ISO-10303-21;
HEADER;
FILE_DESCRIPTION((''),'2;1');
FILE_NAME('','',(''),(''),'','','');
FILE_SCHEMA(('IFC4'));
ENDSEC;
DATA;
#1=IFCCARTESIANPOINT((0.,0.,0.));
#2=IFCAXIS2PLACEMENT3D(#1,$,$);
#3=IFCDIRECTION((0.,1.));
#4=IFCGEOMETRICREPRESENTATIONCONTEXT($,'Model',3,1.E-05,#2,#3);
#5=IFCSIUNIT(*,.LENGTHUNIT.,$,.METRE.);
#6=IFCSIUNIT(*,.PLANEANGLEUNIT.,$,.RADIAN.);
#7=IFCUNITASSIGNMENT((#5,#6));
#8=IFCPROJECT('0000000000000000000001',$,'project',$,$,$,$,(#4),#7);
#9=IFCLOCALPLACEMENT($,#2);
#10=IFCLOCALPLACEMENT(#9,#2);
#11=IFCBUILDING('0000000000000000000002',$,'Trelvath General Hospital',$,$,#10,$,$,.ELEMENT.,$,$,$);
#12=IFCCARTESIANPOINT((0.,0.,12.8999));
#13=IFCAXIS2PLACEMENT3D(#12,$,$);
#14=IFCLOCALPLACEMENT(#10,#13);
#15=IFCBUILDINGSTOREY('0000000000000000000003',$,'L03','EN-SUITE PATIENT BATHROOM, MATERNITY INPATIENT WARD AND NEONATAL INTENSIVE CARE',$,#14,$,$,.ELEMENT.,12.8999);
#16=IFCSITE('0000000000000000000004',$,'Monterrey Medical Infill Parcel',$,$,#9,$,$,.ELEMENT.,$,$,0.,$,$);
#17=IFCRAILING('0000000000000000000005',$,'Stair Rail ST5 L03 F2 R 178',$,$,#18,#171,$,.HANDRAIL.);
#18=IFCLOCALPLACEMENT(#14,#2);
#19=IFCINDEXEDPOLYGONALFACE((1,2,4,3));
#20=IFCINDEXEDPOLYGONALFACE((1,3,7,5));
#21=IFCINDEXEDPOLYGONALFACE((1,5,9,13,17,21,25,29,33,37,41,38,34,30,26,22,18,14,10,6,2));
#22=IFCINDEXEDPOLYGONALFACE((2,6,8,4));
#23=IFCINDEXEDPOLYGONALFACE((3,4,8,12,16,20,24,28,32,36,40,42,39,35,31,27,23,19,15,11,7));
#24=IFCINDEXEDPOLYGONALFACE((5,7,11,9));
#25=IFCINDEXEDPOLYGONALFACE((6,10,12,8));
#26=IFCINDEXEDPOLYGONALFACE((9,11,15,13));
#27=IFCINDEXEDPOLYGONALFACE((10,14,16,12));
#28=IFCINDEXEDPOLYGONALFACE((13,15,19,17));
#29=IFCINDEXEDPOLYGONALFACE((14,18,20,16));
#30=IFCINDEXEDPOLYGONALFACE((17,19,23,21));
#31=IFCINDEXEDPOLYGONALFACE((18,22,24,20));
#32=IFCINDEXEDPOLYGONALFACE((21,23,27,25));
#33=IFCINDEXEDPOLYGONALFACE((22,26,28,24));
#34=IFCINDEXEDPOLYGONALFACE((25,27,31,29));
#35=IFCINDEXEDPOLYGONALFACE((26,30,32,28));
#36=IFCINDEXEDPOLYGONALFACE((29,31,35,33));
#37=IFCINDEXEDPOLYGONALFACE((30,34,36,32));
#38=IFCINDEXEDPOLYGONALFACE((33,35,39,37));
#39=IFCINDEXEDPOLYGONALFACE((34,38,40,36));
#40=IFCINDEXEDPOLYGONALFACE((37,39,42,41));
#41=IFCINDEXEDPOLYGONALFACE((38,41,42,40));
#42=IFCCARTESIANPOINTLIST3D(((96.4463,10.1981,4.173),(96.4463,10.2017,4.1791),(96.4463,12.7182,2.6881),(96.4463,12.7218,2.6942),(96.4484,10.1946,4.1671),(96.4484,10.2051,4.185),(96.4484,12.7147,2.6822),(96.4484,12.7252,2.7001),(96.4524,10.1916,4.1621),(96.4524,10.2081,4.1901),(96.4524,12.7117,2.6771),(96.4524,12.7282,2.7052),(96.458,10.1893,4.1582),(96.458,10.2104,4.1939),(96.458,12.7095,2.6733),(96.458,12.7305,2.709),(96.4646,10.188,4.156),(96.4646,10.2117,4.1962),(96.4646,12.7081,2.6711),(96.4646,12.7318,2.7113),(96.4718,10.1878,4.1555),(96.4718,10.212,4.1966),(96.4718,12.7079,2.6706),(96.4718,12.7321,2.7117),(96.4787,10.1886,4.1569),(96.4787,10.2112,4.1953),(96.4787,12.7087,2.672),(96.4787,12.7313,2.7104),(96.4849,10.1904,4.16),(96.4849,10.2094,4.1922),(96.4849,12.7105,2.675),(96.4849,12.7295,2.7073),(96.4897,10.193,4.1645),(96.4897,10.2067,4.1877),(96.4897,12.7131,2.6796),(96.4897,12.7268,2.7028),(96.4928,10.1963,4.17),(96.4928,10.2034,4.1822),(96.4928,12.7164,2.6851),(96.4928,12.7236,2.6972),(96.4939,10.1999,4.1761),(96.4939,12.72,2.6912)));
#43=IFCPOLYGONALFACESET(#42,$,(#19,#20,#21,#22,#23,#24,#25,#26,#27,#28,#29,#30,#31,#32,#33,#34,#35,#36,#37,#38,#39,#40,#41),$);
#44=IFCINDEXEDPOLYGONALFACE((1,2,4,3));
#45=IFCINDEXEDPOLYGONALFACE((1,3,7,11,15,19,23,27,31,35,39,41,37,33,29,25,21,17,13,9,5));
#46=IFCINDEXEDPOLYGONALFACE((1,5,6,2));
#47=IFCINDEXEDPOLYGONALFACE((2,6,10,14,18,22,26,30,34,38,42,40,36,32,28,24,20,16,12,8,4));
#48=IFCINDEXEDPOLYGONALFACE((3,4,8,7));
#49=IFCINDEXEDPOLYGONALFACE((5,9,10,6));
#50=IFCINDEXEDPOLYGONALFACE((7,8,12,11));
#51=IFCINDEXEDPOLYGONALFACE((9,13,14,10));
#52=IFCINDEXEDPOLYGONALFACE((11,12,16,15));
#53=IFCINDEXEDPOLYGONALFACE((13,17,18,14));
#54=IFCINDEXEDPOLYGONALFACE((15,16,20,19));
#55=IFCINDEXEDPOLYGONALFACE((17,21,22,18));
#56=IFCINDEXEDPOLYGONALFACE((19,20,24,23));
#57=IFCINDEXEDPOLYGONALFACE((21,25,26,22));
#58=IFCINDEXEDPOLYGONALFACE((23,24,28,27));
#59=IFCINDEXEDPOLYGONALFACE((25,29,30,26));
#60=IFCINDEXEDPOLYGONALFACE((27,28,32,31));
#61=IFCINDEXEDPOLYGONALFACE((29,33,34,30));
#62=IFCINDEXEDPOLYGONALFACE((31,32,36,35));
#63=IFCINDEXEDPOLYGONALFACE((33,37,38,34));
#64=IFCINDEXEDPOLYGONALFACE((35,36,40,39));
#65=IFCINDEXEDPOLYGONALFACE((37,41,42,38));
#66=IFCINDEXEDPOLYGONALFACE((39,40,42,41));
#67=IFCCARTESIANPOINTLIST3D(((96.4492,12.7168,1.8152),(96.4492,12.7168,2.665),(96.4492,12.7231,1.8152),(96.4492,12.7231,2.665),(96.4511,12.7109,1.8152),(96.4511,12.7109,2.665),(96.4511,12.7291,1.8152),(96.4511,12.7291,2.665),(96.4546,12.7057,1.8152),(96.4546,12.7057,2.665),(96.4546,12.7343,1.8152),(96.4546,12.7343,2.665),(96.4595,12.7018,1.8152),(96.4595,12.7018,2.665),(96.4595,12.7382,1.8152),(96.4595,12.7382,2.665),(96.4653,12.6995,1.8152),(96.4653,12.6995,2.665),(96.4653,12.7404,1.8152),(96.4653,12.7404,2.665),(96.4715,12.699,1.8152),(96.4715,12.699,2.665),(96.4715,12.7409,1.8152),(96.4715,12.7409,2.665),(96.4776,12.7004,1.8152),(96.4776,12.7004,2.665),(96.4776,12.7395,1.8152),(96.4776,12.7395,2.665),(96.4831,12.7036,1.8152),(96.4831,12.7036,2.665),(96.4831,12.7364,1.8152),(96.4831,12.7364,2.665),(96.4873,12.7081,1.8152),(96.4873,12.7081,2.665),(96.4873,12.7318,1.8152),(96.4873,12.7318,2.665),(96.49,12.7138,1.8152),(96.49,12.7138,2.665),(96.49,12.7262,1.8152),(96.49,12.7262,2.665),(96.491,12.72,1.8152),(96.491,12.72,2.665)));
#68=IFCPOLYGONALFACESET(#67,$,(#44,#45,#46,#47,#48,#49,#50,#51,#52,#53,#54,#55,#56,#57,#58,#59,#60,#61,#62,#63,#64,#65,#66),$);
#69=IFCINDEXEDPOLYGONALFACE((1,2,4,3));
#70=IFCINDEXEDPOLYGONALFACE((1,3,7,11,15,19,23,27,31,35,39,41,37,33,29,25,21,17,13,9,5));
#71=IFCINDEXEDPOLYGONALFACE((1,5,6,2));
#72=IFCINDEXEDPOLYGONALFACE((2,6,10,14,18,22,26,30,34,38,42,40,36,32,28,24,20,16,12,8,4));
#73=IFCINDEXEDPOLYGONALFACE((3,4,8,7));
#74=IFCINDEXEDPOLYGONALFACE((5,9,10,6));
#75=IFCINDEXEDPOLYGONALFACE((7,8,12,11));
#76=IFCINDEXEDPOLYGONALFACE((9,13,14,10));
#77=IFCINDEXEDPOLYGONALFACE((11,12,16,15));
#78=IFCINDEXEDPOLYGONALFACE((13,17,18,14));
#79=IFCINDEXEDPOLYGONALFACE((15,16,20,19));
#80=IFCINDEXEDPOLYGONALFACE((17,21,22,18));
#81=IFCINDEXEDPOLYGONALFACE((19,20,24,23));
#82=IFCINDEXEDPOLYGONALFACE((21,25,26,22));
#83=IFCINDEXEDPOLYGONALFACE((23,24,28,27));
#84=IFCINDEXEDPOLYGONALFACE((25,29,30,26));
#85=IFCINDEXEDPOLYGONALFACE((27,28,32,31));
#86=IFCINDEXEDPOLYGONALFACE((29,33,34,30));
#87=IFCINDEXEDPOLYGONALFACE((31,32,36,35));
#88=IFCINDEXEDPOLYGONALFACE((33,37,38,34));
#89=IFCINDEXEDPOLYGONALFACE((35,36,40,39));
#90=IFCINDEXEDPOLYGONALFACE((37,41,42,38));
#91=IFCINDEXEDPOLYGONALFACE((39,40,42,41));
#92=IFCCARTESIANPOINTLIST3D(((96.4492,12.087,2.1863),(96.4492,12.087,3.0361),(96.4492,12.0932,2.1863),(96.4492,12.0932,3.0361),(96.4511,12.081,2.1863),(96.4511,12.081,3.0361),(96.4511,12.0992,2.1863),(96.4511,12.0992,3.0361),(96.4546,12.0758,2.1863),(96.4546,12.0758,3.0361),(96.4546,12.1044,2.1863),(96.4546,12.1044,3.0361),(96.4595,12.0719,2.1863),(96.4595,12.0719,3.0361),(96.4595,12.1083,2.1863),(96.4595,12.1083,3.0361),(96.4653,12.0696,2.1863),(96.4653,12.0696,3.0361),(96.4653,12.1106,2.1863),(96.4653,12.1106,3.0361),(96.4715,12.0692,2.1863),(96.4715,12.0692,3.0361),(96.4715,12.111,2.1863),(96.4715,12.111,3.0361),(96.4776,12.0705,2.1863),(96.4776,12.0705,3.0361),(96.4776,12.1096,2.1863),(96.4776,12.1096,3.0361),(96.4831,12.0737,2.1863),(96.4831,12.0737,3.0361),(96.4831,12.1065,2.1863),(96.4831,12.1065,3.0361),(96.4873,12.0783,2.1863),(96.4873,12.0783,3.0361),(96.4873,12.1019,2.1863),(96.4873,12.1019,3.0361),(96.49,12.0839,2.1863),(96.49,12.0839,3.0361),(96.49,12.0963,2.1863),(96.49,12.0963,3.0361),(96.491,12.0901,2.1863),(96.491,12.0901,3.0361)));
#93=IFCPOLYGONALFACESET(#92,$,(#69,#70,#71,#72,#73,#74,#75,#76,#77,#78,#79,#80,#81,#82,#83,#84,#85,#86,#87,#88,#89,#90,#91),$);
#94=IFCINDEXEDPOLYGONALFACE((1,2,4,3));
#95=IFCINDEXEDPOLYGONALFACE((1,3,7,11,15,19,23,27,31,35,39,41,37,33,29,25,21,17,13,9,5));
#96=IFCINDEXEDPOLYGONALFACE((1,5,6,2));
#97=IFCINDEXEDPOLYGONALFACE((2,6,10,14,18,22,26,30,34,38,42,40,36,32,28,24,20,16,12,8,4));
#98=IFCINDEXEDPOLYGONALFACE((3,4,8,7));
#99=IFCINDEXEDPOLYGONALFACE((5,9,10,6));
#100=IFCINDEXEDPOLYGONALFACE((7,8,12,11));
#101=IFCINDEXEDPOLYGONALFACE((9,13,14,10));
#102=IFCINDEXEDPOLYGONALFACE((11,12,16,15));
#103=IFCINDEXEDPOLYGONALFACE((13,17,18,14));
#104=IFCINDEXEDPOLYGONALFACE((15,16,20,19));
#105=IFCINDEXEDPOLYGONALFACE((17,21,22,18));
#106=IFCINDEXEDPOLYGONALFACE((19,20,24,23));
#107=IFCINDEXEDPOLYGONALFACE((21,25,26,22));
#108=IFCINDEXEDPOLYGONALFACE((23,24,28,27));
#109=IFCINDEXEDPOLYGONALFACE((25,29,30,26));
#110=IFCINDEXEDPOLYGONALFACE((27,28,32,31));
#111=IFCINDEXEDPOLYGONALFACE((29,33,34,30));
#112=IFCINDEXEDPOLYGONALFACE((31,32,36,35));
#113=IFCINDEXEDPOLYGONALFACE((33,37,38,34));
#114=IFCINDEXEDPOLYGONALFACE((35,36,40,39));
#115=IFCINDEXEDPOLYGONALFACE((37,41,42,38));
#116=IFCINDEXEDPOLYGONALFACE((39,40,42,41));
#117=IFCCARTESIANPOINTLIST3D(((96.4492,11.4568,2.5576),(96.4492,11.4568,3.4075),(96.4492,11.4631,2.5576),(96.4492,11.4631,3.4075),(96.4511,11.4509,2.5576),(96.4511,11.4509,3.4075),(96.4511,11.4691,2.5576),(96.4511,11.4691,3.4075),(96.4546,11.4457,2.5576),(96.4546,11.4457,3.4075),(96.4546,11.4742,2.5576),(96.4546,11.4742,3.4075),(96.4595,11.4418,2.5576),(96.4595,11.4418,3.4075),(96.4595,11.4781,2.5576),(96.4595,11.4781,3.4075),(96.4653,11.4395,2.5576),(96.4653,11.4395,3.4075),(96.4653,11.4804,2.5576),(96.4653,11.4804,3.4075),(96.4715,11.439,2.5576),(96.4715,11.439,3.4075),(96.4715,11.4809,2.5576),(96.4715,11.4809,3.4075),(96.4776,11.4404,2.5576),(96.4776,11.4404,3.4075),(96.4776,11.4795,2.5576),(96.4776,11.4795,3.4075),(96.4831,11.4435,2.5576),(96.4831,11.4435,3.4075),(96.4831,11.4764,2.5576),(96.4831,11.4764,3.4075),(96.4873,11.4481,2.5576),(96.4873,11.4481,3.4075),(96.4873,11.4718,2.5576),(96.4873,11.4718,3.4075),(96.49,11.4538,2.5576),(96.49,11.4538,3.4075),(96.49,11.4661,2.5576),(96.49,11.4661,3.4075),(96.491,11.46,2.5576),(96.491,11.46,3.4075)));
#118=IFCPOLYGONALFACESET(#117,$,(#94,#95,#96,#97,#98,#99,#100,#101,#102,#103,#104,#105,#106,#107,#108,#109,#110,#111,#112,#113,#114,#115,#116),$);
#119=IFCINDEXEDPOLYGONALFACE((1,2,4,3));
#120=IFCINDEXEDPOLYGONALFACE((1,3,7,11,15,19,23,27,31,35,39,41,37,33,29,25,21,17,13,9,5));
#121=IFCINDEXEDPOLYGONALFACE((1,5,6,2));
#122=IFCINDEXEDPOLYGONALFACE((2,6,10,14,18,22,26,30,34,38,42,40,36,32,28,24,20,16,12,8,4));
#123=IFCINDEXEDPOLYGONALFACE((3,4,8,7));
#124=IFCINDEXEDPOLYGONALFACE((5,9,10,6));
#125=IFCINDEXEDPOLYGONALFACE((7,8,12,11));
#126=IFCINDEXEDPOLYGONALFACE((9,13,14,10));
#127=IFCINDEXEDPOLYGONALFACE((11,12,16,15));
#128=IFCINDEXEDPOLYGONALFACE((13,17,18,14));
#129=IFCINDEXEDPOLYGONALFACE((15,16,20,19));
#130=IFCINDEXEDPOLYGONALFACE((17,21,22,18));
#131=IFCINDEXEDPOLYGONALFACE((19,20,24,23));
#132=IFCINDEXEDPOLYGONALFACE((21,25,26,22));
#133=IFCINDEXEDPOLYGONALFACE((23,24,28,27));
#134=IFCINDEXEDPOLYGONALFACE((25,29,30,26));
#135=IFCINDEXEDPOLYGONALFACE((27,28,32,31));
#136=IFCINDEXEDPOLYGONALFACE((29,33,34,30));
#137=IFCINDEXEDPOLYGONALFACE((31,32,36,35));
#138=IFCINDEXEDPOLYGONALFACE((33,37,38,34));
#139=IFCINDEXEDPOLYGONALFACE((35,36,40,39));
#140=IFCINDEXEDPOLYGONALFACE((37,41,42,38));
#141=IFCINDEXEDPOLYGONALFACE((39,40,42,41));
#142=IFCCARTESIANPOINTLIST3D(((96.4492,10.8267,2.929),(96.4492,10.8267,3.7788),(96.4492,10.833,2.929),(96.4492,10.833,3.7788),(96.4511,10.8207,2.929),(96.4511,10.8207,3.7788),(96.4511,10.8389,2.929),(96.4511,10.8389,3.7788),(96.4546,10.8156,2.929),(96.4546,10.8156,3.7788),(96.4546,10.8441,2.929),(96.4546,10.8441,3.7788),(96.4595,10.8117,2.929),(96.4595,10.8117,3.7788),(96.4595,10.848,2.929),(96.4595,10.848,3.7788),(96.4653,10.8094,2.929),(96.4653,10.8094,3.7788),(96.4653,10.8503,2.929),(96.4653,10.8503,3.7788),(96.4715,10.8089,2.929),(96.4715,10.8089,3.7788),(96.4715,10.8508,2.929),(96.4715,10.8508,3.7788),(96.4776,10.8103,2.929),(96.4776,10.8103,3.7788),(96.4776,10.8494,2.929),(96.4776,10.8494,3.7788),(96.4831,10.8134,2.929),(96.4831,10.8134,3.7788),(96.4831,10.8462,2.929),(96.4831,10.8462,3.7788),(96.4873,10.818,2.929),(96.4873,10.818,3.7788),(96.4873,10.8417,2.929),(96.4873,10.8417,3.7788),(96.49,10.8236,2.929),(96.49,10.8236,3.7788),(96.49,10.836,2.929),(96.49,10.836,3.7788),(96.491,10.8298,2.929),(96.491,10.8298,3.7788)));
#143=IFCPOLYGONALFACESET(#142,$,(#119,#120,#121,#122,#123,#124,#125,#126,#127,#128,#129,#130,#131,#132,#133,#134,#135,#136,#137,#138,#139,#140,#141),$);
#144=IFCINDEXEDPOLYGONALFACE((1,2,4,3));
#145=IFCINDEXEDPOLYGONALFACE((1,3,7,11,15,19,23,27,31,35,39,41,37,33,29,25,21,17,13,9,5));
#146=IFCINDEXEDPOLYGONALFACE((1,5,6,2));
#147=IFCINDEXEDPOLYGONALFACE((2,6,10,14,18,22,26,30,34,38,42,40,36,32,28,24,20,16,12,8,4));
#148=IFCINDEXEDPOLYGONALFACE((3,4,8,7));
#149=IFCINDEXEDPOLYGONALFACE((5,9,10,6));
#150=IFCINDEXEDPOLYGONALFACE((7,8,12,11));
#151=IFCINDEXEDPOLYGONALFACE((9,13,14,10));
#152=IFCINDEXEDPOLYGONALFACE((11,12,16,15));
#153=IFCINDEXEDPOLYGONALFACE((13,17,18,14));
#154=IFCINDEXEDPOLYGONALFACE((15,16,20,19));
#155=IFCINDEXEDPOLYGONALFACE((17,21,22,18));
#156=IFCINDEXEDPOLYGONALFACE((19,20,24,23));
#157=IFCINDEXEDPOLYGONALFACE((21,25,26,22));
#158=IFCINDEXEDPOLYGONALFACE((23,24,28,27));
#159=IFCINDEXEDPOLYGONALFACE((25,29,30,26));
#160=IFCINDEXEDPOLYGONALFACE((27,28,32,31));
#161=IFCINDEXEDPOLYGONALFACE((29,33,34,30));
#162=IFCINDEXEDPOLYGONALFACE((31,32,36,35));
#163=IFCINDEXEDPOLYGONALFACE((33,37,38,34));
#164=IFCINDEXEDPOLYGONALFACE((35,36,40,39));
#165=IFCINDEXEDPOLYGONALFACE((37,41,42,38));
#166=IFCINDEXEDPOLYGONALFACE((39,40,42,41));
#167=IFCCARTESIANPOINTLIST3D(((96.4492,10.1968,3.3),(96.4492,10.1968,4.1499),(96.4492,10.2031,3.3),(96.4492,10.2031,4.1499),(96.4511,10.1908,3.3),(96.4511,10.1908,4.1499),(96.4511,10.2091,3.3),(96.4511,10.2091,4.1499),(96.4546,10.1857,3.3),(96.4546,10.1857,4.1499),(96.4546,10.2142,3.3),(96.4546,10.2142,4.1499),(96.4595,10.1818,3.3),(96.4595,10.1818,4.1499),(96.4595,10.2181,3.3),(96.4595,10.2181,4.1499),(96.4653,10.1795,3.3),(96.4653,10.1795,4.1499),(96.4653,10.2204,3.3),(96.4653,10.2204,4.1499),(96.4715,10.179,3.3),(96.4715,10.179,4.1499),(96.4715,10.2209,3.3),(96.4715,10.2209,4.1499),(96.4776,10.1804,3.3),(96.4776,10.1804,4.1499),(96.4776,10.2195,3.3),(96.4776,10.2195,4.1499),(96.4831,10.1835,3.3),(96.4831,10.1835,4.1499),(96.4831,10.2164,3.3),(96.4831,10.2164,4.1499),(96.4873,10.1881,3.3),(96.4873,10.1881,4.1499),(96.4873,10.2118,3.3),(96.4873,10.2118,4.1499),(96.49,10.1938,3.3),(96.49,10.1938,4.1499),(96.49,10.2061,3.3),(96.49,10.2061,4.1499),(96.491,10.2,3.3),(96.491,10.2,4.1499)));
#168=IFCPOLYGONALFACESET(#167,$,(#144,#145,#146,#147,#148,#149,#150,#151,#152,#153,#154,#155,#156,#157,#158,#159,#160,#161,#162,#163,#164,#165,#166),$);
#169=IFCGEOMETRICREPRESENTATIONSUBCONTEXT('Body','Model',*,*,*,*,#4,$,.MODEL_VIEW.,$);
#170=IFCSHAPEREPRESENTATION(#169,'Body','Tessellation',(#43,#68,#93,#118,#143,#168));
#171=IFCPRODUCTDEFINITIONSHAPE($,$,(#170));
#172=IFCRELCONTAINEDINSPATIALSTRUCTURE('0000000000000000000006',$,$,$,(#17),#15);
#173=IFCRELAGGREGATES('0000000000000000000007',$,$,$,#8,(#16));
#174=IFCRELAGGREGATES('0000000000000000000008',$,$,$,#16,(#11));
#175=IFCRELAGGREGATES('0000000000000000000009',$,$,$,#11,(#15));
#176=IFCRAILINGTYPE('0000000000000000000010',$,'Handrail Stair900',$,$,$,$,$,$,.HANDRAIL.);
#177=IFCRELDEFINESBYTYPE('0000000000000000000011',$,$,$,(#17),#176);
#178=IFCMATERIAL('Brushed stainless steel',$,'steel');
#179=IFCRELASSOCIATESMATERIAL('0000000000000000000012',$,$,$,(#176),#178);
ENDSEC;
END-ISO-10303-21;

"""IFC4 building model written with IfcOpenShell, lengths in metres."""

from ifc_helpers import new_model, si_unit, direction, frame, origin, origin_2d, place, context, subcontext, project, spatial, circle, extrude, material, type_object, element, save


model = new_model("IFC4")

# Units and contexts
model_context = context("Model", 3, precision=1e-05, world=origin(), true_north=direction((0.0, 1.0)))
body_context = subcontext(model_context, "Body", "Model", "MODEL_VIEW")
ifc_project = project(units=[si_unit("LENGTHUNIT", "METRE"), si_unit("PLANEANGLEUNIT", "RADIAN")], contexts=[model_context])

# Site, building, storey
site_placement = place(None, origin())
site = spatial("IfcSite", under=ifc_project, at=site_placement, Name="Monterrey Medical Infill Parcel", CompositionType="ELEMENT", RefElevation=0.0)
building_placement = place(site_placement, origin())
building = spatial("IfcBuilding", under=site, at=building_placement, Name="Trelvath General Hospital", CompositionType="ELEMENT")
storey_placement = place(building_placement, frame((0.0, 0.0, 12.8999)))
storey = spatial("IfcBuildingStorey", under=building, at=storey_placement, Name="L03", Description="EN-SUITE PATIENT BATHROOM, MATERNITY INPATIENT WARD AND NEONATAL INTENSIVE CARE", CompositionType="ELEMENT", Elevation=12.8999)

# Railing
ifc_material_1 = material(Name="Brushed stainless steel", Category="steel")
railing_type_1 = type_object("IfcRailingType", Name="Handrail Stair900", PredefinedType="HANDRAIL", material=ifc_material_1)
railing_1_placement = place(storey_placement, frame((96.47, 12.72, 1.8152)))
element("IfcRailing", 1, at=railing_1_placement, inside=storey, type_object=railing_type_1, Name="Stair Rail ST5 L03 F2 R 178", PredefinedType="HANDRAIL", context=body_context, shape_type="SweptSolid", body=[
    extrude(circle(Radius=0.0239, at=origin_2d()), frame((0.0, 0.0, 0.876), z_axis=(0.0, -0.861561, 0.507655), x_axis=(1.0, 0.0, 0.0)), (0.0, 0.0, 1.0), 2.925),
    extrude(circle(Radius=0.021, at=origin_2d()), origin(), (0.0, 0.0, 1.0), 0.8499),
    extrude(circle(Radius=0.021, at=origin_2d()), frame((0.0, -0.6299, 0.3711)), (0.0, 0.0, 1.0), 0.8499),
    extrude(circle(Radius=0.021, at=origin_2d()), frame((0.0, -1.26, 0.7424)), (0.0, 0.0, 1.0), 0.8499),
    extrude(circle(Radius=0.021, at=origin_2d()), frame((0.0, -1.8901, 1.1138)), (0.0, 0.0, 1.0), 0.8499),
    extrude(circle(Radius=0.021, at=origin_2d()), frame((0.0, -2.52, 1.4849)), (0.0, 0.0, 1.0), 0.8499),
])

save(model, "model.ifc")
